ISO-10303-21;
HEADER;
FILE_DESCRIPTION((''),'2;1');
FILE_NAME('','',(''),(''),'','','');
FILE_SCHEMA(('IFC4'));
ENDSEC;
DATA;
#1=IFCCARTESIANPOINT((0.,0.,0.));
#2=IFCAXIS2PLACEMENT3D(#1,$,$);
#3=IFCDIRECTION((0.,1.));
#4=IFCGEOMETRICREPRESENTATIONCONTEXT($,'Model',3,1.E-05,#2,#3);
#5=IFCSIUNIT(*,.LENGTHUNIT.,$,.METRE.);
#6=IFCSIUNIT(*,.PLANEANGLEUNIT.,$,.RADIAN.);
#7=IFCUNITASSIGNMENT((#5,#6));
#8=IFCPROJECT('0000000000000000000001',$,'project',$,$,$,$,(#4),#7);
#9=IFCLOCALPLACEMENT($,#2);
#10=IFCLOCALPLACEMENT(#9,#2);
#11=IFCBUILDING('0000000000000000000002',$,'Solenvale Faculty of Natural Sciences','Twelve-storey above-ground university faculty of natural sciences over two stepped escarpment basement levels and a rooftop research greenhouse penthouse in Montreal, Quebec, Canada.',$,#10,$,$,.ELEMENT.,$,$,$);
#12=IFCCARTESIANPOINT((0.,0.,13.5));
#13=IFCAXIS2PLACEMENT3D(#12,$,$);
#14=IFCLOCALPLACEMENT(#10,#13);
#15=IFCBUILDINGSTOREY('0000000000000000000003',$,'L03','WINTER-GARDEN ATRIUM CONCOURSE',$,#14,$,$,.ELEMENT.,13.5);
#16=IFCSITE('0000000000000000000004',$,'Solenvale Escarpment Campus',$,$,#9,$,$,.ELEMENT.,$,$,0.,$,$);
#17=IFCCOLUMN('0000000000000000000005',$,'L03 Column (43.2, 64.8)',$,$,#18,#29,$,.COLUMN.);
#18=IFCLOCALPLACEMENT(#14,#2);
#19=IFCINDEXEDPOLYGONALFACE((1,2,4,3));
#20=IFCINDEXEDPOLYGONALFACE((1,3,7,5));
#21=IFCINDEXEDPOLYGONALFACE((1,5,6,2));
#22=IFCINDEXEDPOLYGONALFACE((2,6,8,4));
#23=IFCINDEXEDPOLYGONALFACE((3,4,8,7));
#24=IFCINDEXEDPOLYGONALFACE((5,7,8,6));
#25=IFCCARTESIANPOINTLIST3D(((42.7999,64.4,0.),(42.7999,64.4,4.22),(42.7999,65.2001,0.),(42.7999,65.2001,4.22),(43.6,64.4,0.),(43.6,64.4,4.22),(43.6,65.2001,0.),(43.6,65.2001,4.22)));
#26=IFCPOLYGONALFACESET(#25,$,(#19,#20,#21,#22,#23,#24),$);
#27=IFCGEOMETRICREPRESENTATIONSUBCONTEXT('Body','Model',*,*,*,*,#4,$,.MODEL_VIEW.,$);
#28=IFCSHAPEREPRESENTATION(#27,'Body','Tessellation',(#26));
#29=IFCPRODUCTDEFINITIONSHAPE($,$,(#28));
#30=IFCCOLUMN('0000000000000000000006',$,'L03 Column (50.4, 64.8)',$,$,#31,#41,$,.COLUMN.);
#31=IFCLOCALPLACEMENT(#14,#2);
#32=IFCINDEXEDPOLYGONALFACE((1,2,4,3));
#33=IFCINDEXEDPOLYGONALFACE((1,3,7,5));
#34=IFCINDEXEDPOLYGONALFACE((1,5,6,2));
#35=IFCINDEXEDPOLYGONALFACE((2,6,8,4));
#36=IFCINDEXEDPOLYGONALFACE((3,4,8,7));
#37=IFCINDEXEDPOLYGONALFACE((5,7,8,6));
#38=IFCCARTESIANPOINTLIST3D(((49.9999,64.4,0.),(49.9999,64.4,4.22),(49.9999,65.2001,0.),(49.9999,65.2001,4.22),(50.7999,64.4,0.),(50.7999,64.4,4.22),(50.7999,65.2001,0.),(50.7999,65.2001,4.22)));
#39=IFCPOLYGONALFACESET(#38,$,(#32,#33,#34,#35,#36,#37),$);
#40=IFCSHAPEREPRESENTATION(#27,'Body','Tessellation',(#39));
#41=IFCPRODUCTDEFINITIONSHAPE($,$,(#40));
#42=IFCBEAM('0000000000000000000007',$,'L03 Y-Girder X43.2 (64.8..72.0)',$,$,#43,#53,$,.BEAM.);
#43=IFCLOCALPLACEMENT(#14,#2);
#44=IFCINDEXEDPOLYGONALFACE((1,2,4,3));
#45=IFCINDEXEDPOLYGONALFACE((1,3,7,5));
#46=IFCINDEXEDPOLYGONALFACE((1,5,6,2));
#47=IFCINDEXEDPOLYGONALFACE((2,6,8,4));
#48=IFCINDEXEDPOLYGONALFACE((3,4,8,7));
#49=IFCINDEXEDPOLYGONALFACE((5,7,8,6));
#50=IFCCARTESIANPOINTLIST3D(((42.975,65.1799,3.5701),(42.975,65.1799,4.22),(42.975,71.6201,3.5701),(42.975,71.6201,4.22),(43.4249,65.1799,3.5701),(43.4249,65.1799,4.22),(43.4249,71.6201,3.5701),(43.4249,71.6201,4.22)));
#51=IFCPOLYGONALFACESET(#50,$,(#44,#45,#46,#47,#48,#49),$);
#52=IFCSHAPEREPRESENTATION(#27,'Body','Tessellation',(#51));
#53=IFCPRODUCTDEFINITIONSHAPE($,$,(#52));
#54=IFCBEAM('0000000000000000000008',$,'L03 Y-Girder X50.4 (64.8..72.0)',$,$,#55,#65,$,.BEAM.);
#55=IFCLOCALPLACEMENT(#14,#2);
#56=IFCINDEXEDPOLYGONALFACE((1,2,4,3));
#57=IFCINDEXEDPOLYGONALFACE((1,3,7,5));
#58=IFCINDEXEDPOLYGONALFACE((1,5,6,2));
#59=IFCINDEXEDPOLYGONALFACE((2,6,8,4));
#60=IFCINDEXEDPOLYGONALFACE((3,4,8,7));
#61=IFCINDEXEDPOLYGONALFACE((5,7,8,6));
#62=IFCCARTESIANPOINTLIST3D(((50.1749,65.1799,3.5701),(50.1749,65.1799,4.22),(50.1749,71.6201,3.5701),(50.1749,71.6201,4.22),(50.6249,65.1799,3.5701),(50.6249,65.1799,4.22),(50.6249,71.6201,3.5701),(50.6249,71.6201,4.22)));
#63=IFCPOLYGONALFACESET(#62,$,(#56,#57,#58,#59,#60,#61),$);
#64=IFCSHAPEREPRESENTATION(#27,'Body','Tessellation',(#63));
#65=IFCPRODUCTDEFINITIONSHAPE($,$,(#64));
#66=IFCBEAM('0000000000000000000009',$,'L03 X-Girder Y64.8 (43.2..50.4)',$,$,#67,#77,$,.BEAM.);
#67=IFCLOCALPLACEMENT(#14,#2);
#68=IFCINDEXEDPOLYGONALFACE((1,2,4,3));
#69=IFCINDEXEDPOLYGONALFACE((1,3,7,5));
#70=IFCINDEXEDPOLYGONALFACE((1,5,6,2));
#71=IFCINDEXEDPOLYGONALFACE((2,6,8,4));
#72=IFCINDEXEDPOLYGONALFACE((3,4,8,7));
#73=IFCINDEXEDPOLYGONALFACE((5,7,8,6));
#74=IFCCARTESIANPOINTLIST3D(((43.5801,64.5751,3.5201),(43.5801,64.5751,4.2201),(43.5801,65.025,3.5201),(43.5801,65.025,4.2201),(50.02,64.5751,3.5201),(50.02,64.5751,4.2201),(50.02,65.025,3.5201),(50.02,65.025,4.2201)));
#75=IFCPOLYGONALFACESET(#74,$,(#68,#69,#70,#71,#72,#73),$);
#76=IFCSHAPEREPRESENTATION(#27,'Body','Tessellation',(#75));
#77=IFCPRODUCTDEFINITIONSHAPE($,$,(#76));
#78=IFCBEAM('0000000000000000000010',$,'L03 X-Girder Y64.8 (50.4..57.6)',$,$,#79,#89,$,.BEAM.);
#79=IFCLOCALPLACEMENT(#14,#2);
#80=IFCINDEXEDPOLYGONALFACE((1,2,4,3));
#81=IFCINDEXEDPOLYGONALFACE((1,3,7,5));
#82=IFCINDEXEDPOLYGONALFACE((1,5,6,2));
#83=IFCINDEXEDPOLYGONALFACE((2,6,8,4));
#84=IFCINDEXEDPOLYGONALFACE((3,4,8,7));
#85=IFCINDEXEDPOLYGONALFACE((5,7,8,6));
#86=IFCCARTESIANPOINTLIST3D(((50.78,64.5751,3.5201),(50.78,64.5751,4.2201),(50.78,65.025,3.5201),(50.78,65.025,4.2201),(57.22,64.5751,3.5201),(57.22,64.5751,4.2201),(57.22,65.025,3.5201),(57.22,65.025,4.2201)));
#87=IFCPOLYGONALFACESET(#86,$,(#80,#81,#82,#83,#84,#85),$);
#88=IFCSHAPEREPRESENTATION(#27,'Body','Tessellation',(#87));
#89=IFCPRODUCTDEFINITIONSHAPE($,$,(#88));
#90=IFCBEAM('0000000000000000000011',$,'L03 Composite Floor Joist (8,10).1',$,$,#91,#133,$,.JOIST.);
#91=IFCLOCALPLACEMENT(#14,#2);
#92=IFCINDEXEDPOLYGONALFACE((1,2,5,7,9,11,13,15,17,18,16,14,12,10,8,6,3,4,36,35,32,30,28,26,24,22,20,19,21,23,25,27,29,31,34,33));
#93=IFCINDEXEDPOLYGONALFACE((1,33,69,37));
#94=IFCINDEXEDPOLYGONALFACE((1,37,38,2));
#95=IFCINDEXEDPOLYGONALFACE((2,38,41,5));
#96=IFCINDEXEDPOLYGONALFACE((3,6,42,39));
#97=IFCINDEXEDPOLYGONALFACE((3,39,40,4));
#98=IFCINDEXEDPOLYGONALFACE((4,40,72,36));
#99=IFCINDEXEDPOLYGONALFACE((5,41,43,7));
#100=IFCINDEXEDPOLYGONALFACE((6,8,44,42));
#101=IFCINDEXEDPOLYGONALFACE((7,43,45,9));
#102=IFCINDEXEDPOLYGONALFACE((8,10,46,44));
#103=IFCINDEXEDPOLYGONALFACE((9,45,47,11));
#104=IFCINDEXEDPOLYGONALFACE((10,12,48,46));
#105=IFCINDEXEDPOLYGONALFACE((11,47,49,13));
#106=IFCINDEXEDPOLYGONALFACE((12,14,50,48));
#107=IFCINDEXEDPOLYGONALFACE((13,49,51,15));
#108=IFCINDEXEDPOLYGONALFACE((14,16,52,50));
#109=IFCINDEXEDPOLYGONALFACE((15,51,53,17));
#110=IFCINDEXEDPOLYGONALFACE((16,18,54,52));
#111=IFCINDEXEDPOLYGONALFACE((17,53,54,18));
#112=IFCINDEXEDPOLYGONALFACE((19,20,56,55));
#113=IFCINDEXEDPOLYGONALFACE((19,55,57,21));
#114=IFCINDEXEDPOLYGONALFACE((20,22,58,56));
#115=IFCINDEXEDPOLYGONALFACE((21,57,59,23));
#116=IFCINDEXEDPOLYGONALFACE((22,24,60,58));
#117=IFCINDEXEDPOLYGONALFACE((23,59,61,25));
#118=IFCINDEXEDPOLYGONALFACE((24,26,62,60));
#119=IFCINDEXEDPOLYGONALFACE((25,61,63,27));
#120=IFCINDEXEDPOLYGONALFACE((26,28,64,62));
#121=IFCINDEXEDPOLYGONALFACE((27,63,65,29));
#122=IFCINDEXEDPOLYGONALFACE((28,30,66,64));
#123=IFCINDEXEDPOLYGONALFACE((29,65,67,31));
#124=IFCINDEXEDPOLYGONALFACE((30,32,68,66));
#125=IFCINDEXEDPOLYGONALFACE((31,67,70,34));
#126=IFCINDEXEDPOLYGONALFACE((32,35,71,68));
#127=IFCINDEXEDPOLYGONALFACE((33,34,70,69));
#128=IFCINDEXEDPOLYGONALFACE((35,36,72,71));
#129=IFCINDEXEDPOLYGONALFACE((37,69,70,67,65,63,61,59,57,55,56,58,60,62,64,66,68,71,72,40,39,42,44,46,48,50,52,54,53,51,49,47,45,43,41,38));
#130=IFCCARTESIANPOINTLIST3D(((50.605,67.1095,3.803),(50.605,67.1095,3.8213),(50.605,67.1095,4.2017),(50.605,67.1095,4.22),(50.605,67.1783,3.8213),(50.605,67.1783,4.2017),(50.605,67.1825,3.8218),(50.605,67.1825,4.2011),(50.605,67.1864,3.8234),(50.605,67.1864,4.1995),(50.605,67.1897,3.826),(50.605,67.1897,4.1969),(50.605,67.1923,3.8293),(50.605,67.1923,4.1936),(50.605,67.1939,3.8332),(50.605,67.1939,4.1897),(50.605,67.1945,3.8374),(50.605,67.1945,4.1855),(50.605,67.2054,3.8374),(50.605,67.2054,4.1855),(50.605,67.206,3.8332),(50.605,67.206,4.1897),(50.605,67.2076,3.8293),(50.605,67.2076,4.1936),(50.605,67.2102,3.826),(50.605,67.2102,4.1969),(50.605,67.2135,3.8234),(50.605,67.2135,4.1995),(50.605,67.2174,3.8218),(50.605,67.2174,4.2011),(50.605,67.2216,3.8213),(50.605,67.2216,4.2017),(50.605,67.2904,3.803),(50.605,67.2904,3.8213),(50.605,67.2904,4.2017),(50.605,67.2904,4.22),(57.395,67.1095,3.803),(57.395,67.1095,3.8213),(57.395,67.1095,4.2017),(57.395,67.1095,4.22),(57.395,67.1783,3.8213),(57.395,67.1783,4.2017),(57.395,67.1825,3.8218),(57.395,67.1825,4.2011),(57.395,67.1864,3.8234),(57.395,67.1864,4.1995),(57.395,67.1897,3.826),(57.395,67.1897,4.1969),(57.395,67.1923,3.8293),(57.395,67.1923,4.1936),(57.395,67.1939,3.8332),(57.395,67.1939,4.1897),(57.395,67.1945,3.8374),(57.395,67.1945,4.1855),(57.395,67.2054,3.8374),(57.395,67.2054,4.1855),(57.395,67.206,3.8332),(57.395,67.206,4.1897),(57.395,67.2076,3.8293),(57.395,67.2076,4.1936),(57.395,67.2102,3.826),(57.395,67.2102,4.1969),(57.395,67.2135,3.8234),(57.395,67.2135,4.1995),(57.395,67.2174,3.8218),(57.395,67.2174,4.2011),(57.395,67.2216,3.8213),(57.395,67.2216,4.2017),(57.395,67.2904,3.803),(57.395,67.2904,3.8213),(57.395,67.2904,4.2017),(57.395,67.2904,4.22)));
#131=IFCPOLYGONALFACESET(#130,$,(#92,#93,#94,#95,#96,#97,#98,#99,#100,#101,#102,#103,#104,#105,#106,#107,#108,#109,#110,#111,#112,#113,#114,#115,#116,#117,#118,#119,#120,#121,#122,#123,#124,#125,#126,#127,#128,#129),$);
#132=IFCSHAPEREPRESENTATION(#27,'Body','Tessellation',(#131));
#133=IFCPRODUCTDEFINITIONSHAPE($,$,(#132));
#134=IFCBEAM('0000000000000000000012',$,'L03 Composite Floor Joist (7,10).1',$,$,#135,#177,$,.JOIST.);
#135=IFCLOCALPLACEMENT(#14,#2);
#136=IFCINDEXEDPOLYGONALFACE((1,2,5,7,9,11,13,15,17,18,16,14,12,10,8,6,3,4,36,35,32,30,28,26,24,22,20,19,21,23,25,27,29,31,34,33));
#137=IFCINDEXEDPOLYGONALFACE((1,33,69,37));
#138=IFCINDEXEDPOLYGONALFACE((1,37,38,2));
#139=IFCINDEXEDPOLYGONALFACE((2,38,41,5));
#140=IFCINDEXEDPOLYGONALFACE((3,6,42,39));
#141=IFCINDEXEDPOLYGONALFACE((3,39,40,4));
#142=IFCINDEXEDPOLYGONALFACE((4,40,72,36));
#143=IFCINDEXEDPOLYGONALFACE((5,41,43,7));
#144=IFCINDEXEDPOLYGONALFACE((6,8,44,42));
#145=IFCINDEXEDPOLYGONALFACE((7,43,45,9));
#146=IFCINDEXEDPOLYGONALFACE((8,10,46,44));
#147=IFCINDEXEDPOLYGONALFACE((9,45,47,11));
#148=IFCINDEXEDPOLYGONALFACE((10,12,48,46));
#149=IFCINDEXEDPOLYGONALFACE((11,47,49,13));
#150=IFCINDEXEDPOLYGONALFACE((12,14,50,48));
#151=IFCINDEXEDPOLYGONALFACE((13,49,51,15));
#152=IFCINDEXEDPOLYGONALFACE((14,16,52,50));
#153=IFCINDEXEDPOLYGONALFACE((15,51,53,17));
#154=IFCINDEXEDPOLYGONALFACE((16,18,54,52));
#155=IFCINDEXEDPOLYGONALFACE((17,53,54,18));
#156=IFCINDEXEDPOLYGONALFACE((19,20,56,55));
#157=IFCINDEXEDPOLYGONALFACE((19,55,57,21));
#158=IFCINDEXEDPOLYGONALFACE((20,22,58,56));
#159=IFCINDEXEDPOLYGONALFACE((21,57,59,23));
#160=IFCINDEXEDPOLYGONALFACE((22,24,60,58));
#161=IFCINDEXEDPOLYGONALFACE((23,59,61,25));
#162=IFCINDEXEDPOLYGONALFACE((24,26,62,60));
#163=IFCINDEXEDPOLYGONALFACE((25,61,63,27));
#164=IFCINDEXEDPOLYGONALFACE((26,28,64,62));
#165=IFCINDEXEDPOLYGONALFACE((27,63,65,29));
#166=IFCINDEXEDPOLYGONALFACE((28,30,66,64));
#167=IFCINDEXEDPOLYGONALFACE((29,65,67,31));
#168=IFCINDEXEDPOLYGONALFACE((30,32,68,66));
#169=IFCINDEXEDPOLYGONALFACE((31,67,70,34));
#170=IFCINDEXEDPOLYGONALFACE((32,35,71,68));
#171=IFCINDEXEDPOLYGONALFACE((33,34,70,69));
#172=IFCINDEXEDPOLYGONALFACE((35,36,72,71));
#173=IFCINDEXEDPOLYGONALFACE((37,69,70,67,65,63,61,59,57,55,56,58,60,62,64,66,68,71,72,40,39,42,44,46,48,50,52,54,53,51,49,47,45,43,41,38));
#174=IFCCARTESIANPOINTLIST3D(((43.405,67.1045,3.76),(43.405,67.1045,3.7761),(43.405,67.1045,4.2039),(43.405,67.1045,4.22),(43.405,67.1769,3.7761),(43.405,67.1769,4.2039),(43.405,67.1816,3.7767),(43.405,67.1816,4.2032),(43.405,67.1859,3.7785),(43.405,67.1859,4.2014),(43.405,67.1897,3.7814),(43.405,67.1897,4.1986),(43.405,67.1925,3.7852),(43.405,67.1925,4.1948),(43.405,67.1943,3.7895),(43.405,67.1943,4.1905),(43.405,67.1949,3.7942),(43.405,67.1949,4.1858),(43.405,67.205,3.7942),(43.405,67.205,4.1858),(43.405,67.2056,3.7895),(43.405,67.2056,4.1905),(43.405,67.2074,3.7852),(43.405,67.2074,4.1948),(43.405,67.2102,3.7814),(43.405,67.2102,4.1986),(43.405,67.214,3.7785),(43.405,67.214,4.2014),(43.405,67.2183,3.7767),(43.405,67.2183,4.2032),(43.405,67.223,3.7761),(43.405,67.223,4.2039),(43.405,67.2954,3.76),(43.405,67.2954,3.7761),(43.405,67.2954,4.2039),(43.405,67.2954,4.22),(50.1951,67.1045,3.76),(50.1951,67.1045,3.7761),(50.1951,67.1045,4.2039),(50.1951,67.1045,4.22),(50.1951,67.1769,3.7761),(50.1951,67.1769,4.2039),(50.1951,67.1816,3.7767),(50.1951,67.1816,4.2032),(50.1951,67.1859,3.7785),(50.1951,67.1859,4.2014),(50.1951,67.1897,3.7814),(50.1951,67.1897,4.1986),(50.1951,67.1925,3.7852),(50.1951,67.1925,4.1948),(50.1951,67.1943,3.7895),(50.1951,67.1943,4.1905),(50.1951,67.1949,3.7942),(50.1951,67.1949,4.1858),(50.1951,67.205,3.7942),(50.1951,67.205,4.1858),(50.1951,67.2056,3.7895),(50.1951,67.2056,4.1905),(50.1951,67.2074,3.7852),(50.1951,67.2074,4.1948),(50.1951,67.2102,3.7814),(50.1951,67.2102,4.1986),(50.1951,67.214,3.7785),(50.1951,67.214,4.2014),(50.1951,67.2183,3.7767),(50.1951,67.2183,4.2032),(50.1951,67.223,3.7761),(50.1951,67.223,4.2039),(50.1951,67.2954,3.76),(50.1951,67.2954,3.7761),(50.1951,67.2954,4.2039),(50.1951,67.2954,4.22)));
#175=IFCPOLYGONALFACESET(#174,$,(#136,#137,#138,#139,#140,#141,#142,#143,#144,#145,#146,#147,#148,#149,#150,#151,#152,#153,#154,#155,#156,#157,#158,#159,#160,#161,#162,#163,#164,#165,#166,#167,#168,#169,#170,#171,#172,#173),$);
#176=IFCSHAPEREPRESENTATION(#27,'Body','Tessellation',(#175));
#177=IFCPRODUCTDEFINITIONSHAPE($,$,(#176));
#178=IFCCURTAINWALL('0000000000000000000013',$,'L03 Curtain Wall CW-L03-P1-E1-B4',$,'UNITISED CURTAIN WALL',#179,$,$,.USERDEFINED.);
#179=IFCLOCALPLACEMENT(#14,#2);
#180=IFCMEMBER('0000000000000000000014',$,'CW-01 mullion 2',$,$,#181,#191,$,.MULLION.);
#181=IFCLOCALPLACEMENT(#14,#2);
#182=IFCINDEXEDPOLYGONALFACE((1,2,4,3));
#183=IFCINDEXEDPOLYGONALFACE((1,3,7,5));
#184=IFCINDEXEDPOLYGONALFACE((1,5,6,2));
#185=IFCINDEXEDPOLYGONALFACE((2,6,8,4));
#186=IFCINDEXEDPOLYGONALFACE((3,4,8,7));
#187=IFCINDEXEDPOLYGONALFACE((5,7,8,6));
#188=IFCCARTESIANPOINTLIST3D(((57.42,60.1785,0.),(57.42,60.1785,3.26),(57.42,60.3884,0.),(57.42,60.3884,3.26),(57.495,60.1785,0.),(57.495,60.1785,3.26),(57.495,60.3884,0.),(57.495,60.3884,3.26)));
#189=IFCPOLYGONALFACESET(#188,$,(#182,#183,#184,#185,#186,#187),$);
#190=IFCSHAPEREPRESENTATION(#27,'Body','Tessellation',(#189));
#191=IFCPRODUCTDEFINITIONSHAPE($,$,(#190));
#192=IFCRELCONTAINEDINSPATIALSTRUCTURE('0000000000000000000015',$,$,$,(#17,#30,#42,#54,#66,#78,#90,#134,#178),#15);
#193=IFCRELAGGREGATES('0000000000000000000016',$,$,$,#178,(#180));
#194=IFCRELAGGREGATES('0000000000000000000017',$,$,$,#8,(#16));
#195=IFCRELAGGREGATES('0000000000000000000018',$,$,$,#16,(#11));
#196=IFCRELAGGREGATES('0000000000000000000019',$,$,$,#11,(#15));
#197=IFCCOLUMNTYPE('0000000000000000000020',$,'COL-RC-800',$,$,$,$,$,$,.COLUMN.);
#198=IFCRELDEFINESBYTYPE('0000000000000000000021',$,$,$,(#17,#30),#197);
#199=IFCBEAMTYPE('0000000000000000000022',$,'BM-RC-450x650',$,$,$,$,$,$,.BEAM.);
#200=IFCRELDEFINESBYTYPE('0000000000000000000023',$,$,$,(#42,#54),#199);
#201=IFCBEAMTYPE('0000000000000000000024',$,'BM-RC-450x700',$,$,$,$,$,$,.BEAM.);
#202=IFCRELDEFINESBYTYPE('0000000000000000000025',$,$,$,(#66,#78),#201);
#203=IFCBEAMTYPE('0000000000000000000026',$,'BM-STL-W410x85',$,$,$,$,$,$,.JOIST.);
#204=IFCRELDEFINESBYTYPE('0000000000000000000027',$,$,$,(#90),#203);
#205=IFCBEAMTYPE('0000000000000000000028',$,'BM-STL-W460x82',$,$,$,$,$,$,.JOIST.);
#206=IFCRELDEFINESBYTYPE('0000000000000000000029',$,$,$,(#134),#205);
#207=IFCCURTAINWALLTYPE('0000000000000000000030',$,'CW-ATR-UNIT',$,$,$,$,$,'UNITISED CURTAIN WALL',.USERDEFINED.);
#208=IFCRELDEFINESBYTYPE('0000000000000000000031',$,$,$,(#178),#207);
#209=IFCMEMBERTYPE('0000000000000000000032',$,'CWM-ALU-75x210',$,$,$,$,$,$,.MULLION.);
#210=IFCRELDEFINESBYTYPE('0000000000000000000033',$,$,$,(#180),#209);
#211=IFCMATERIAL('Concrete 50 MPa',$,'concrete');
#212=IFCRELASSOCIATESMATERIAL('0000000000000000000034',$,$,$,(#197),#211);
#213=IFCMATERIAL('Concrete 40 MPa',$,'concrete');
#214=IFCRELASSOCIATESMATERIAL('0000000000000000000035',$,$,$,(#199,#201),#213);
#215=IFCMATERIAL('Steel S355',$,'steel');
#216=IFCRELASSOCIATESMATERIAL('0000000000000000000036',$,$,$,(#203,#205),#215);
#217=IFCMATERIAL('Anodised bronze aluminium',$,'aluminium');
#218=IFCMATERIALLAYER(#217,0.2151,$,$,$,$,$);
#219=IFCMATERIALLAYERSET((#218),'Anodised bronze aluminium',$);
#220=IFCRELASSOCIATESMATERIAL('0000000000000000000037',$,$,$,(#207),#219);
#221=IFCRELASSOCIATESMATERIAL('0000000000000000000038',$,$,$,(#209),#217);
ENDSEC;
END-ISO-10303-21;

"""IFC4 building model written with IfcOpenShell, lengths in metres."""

from ifc_helpers import new_model, si_unit, direction, frame, origin, origin_2d, place, context, subcontext, project, spatial, rectangle, i_section, extrude, material, layer, layer_set, material_profile, profile_set, type_object, element, aggregate, save


model = new_model("IFC4")

# Units and contexts
model_context = context("Model", 3, precision=1e-05, world=origin(), true_north=direction((0.0, 1.0)))
body_context = subcontext(model_context, "Body", "Model", "MODEL_VIEW")
ifc_project = project(units=[si_unit("LENGTHUNIT", "METRE"), si_unit("PLANEANGLEUNIT", "RADIAN")], contexts=[model_context])

# Site, building, storey
site_placement = place(None, origin())
site = spatial("IfcSite", under=ifc_project, at=site_placement, Name="Solenvale Escarpment Campus", CompositionType="ELEMENT", RefElevation=0.0)
building_placement = place(site_placement, origin())
building = spatial("IfcBuilding", under=site, at=building_placement, Name="Solenvale Faculty of Natural Sciences", Description="Twelve-storey above-ground university faculty of natural sciences over two stepped escarpment basement levels and a rooftop research greenhouse penthouse in Montreal, Quebec, Canada.", CompositionType="ELEMENT")
storey_placement = place(building_placement, frame((0.0, 0.0, 13.5)))
storey = spatial("IfcBuildingStorey", under=building, at=storey_placement, Name="L03", Description="WINTER-GARDEN ATRIUM CONCOURSE", CompositionType="ELEMENT", Elevation=13.5)

# Columns
ifc_material_1 = material(Name="Concrete 50 MPa", Category="concrete")
ifc_material_profile_1 = material_profile(ifc_material_1, rectangle(XDim=0.8, YDim=0.8, at=origin_2d()), Name="RC-COL-800x800")
ifc_profile_set_1 = profile_set([ifc_material_profile_1], Name="Concrete 50 MPa")
column_type = type_object("IfcColumnType", Name="COL-RC-800", PredefinedType="COLUMN", material=ifc_profile_set_1)
for number, where, z_axis, x_axis, name in (
    (1, (43.2, 64.8, 0.0), (0.0, 0.0, 1.0), (1.0, 0.0, 0.0), "L03 Column (43.2, 64.8)"),
    (2, (50.3999, 64.8, 0.0), (0.0, 0.0, 1.0), (1.0, 0.0, 0.0), "L03 Column (50.4, 64.8)"),
):
    element("IfcColumn", number, at=place(storey_placement, frame(where, z_axis=z_axis, x_axis=x_axis)), inside=storey, type_object=column_type, Name=name, PredefinedType="COLUMN", context=body_context, shape_type="SweptSolid", body=[
        extrude(rectangle(XDim=0.8, YDim=0.8, at=origin_2d()), origin(), (0.0, 0.0, 1.0), 4.22),
    ])

# Beams
ifc_material_2 = material(Name="Concrete 40 MPa", Category="concrete")
ifc_material_profile_2 = material_profile(ifc_material_2, rectangle(XDim=0.45, YDim=0.6499, at=origin_2d()), Name="RC-BM-450x650")
ifc_profile_set_2 = profile_set([ifc_material_profile_2], Name="Concrete 40 MPa")
beam_type_1 = type_object("IfcBeamType", Name="BM-RC-450x650", PredefinedType="BEAM", material=ifc_profile_set_2)
for number, where, z_axis, x_axis, name in (
    (3, (43.2, 65.1799, 3.895), (0.0, 1.0, 0.0), (-1.0, 0.0, 0.0), "L03 Y-Girder X43.2 (64.8..72.0)"),
    (4, (50.3999, 65.1799, 3.895), (0.0, 1.0, 0.0), (-1.0, 0.0, 0.0), "L03 Y-Girder X50.4 (64.8..72.0)"),
):
    element("IfcBeam", number, at=place(storey_placement, frame(where, z_axis=z_axis, x_axis=x_axis)), inside=storey, type_object=beam_type_1, Name=name, PredefinedType="BEAM", context=body_context, shape_type="SweptSolid", body=[
        extrude(rectangle(XDim=0.45, YDim=0.6499, at=origin_2d()), origin(), (0.0, 0.0, 1.0), 6.4402),
    ])
ifc_material_profile_3 = material_profile(ifc_material_2, rectangle(XDim=0.45, YDim=0.7, at=origin_2d()), Name="RC-BM-450x700")
ifc_profile_set_3 = profile_set([ifc_material_profile_3], Name="Concrete 40 MPa")
beam_type_2 = type_object("IfcBeamType", Name="BM-RC-450x700", PredefinedType="BEAM", material=ifc_profile_set_3)
for number, where, z_axis, x_axis, name in (
    (5, (43.5801, 64.8, 3.8701), (1.0, 0.0, 0.0), (0.0, 1.0, 0.0), "L03 X-Girder Y64.8 (43.2..50.4)"),
    (6, (50.78, 64.8, 3.8701), (1.0, 0.0, 0.0), (0.0, 1.0, 0.0), "L03 X-Girder Y64.8 (50.4..57.6)"),
):
    element("IfcBeam", number, at=place(storey_placement, frame(where, z_axis=z_axis, x_axis=x_axis)), inside=storey, type_object=beam_type_2, Name=name, PredefinedType="BEAM", context=body_context, shape_type="SweptSolid", body=[
        extrude(rectangle(XDim=0.45, YDim=0.7, at=origin_2d()), origin(), (0.0, 0.0, 1.0), 6.4399),
    ])
ifc_material_3 = material(Name="Steel S355", Category="steel")
ifc_material_profile_4 = material_profile(ifc_material_3, i_section(OverallWidth=0.1809, OverallDepth=0.417, WebThickness=0.011, FlangeThickness=0.0183, FilletRadius=0.0161, at=origin_2d()), Name="W410x85")
ifc_profile_set_4 = profile_set([ifc_material_profile_4], Name="Steel S355")
beam_type_3 = type_object("IfcBeamType", Name="BM-STL-W410x85", PredefinedType="JOIST", material=ifc_profile_set_4)
beam_1_placement = place(storey_placement, frame((50.605, 67.2, 4.0115), z_axis=(1.0, 0.0, 0.0), x_axis=(0.0, 1.0, 0.0)))
element("IfcBeam", 7, at=beam_1_placement, inside=storey, type_object=beam_type_3, Name="L03 Composite Floor Joist (8,10).1", PredefinedType="JOIST", context=body_context, shape_type="SweptSolid", body=[
    extrude(i_section(OverallWidth=0.1809, OverallDepth=0.417, WebThickness=0.011, FlangeThickness=0.0183, FilletRadius=0.0161, at=origin_2d()), origin(), (0.0, 0.0, 1.0), 6.79),
])
ifc_material_profile_5 = material_profile(ifc_material_3, i_section(OverallWidth=0.1909, OverallDepth=0.46, WebThickness=0.01, FlangeThickness=0.0161, FilletRadius=0.0181, at=origin_2d()), Name="W460x82")
ifc_profile_set_5 = profile_set([ifc_material_profile_5], Name="Steel S355")
beam_type_4 = type_object("IfcBeamType", Name="BM-STL-W460x82", PredefinedType="JOIST", material=ifc_profile_set_5)
beam_2_placement = place(storey_placement, frame((43.405, 67.2, 3.99), z_axis=(1.0, 0.0, 0.0), x_axis=(0.0, 1.0, 0.0)))
element("IfcBeam", 8, at=beam_2_placement, inside=storey, type_object=beam_type_4, Name="L03 Composite Floor Joist (7,10).1", PredefinedType="JOIST", context=body_context, shape_type="SweptSolid", body=[
    extrude(i_section(OverallWidth=0.1909, OverallDepth=0.46, WebThickness=0.01, FlangeThickness=0.0161, FilletRadius=0.0181, at=origin_2d()), origin(), (0.0, 0.0, 1.0), 6.79),
])

# Curtain wall, member
ifc_material_4 = material(Name="Anodised bronze aluminium", Category="aluminium")
ifc_layer_1 = layer(ifc_material_4, 0.2151)
ifc_layer_set_1 = layer_set([ifc_layer_1], Name="Anodised bronze aluminium")
curtain_wall_type = type_object("IfcCurtainWallType", Name="CW-ATR-UNIT", ElementType="UNITISED CURTAIN WALL", PredefinedType="USERDEFINED", material=ifc_layer_set_1)
curtain_wall_placement = place(storey_placement, origin())
curtain_wall = element("IfcCurtainWall", 9, at=curtain_wall_placement, inside=storey, type_object=curtain_wall_type, Name="L03 Curtain Wall CW-L03-P1-E1-B4", ObjectType="UNITISED CURTAIN WALL", PredefinedType="USERDEFINED")
ifc_material_profile_6 = material_profile(ifc_material_4, rectangle(XDim=0.075, YDim=0.21, at=origin_2d()), Name="ALU-MUL-75x210")
ifc_profile_set_6 = profile_set([ifc_material_profile_6], Name="Anodised bronze aluminium")
member_type_1 = type_object("IfcMemberType", Name="CWM-ALU-75x210", PredefinedType="MULLION", material=ifc_profile_set_6)
member_1_placement = place(storey_placement, frame((57.4575, 60.2834, 0.0), z_axis=(0.0, 0.0, 1.0), x_axis=(-1.0, 0.0, 0.0)))
member_1 = element("IfcMember", 10, at=member_1_placement, type_object=member_type_1, Name="CW-01 mullion 2", PredefinedType="MULLION", context=body_context, shape_type="SweptSolid", body=[
    extrude(rectangle(XDim=0.075, YDim=0.21, at=origin_2d()), origin(), (0.0, 0.0, 1.0), 3.26),
])
aggregate(curtain_wall, [member_1])

save(model, "model.ifc")
